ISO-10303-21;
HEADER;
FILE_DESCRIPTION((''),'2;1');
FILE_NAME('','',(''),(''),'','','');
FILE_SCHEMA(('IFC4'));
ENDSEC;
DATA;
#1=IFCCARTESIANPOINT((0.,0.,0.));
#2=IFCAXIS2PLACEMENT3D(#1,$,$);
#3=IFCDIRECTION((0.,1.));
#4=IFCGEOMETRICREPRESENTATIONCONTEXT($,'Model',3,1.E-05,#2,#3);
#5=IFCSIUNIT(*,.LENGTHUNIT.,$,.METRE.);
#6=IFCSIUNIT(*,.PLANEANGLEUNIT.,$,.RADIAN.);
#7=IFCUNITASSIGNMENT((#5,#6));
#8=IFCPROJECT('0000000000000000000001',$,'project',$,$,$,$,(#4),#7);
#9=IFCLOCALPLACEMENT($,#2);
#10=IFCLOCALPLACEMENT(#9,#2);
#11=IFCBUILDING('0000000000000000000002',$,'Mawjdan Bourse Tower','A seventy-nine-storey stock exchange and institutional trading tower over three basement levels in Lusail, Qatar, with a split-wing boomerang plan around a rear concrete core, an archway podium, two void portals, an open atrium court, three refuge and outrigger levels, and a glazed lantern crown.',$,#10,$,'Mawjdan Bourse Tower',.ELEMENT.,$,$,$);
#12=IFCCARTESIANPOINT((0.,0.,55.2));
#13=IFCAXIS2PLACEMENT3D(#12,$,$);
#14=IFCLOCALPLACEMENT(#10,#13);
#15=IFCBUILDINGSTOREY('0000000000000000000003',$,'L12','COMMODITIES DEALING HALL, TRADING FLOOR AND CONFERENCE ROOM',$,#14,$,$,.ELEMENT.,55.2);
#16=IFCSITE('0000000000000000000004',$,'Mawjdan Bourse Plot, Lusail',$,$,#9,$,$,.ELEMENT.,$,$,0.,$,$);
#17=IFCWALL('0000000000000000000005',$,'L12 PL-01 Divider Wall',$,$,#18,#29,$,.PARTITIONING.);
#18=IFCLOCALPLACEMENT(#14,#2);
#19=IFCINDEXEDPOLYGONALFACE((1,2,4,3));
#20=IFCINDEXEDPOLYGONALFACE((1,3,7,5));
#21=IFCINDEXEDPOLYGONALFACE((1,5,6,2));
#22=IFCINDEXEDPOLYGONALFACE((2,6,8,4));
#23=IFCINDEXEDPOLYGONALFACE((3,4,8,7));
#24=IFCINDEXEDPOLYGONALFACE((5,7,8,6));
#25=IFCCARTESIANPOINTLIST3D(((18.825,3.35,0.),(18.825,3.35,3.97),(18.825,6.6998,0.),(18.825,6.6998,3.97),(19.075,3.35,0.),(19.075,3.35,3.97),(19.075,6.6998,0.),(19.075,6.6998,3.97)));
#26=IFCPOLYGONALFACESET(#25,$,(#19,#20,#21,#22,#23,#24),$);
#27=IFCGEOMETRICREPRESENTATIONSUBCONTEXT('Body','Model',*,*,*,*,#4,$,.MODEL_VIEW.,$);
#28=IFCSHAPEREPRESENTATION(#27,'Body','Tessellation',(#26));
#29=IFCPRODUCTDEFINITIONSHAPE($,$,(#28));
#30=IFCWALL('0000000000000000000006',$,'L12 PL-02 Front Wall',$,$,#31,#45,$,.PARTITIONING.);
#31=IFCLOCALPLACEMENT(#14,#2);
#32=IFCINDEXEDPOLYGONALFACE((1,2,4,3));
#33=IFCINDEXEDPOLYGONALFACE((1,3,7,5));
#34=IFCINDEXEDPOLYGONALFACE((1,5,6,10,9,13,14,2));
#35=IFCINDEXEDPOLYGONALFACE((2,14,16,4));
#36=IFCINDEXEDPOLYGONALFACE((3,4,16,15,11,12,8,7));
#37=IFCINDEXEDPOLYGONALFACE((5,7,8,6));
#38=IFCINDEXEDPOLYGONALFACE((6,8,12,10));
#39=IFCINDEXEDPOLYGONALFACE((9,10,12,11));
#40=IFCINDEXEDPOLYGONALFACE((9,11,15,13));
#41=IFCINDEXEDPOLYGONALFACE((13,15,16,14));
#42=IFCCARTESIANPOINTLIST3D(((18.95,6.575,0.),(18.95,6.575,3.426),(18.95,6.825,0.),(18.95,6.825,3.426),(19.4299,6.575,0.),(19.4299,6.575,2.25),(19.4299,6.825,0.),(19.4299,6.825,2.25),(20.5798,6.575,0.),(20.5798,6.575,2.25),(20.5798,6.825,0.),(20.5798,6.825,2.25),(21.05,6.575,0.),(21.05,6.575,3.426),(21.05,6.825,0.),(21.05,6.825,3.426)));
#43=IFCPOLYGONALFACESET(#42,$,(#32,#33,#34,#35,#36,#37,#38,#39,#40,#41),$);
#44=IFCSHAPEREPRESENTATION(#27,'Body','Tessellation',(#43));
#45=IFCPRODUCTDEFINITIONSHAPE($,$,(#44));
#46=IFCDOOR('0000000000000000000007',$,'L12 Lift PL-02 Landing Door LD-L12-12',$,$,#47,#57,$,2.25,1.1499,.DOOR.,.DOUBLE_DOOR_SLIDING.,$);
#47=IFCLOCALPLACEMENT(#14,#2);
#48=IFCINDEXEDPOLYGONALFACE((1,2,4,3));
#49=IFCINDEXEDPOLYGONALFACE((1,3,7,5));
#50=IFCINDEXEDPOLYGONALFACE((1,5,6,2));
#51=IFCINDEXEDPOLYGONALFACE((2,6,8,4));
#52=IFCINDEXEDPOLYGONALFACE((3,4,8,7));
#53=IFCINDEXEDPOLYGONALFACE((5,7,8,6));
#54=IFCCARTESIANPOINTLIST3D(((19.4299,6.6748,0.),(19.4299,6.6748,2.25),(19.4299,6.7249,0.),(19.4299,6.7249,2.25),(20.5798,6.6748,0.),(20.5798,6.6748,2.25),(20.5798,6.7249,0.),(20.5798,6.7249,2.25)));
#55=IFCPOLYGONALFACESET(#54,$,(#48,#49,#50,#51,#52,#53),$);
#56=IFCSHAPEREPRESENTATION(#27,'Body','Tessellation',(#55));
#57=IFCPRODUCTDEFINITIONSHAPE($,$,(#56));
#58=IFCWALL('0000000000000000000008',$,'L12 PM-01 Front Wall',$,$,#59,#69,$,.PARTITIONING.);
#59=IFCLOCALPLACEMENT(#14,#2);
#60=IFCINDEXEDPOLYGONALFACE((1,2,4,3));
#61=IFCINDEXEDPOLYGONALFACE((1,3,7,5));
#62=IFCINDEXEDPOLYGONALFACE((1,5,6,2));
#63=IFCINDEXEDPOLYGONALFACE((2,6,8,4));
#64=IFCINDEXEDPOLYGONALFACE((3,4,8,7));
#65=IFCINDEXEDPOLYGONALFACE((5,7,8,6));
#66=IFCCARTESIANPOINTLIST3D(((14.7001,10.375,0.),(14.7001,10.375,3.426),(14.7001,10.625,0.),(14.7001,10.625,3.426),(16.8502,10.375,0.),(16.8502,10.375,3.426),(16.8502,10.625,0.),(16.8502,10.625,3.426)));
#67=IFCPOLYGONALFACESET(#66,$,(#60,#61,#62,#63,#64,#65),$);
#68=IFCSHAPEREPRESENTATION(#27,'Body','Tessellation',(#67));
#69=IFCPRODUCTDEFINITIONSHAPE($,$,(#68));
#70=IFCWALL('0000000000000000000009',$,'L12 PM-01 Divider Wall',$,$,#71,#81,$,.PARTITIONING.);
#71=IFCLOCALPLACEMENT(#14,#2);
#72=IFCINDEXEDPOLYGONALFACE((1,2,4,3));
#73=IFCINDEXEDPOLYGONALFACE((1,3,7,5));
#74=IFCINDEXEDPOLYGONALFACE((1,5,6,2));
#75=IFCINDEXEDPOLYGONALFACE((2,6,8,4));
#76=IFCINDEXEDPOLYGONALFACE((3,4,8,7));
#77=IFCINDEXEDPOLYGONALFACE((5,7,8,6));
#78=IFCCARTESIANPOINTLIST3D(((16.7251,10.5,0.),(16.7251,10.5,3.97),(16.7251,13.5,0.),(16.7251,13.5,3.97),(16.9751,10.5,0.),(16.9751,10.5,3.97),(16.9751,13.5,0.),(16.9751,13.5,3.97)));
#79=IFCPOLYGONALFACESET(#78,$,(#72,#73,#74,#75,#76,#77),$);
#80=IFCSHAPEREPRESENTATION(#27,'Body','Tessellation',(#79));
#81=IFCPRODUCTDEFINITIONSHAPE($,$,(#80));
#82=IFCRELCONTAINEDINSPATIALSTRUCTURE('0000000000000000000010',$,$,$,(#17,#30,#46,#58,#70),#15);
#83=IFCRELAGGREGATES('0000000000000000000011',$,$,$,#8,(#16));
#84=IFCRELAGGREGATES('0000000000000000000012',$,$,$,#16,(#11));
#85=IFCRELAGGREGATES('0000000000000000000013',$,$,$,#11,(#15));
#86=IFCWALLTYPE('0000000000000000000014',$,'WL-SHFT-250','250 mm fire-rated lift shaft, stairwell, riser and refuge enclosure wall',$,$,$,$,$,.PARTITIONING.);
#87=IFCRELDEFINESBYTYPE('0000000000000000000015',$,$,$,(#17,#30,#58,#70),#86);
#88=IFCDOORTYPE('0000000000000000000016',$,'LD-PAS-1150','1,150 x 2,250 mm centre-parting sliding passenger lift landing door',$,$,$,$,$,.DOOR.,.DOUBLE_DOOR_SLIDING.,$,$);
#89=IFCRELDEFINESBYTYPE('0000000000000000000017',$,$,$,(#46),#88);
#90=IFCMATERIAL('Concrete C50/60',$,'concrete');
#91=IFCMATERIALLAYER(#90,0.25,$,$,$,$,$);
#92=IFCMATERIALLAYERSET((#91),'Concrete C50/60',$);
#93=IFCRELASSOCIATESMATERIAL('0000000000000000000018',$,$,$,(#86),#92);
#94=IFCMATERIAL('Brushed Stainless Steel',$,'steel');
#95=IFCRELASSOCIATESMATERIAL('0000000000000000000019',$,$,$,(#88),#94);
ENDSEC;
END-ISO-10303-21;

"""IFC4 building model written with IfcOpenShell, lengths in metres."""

from ifc_helpers import new_model, si_unit, direction, frame, frame_2d, origin, place, context, subcontext, project, spatial, rectangle, extrude, material, layer, layer_set, type_object, element, fill, save


model = new_model("IFC4")

# Units and contexts
model_context = context("Model", 3, precision=1e-05, world=origin(), true_north=direction((0.0, 1.0)))
body_context = subcontext(model_context, "Body", "Model", "MODEL_VIEW")
ifc_project = project(units=[si_unit("LENGTHUNIT", "METRE"), si_unit("PLANEANGLEUNIT", "RADIAN")], contexts=[model_context])

# Site, building, storey
site_placement = place(None, origin())
site = spatial("IfcSite", under=ifc_project, at=site_placement, Name="Mawjdan Bourse Plot, Lusail", CompositionType="ELEMENT", RefElevation=0.0)
building_placement = place(site_placement, origin())
building = spatial("IfcBuilding", under=site, at=building_placement, Name="Mawjdan Bourse Tower", Description="A seventy-nine-storey stock exchange and institutional trading tower over three basement levels in Lusail, Qatar, with a split-wing boomerang plan around a rear concrete core, an archway podium, two void portals, an open atrium court, three refuge and outrigger levels, and a glazed lantern crown.", LongName="Mawjdan Bourse Tower", CompositionType="ELEMENT")
storey_placement = place(building_placement, frame((0.0, 0.0, 55.2)))
storey = spatial("IfcBuildingStorey", under=building, at=storey_placement, Name="L12", Description="COMMODITIES DEALING HALL, TRADING FLOOR AND CONFERENCE ROOM", CompositionType="ELEMENT", Elevation=55.2)

# Shared definitions
ifc_material_1 = material(Name="Concrete C50/60", Category="concrete")
ifc_layer = layer(ifc_material_1, 0.25)
ifc_layer_set = layer_set([ifc_layer], Name="Concrete C50/60")
wall_type = type_object("IfcWallType", Name="WL-SHFT-250", Description="250 mm fire-rated lift shaft, stairwell, riser and refuge enclosure wall", PredefinedType="PARTITIONING", material=ifc_layer_set)

# Shared definitions
ifc_material_2 = material(Name="Brushed Stainless Steel", Category="steel")

# Shared definitions
door_type_1 = type_object("IfcDoorType", Name="LD-PAS-1150", Description="1,150 x 2,250 mm centre-parting sliding passenger lift landing door", OperationType="DOUBLE_DOOR_SLIDING", PredefinedType="DOOR", material=ifc_material_2)

# Wall
wall_1_placement = place(storey_placement, frame((18.95, 3.3501, 0.0), z_axis=(0.0, 0.0, 1.0), x_axis=(0.0, 1.0, 0.0)))
element("IfcWall", 1, at=wall_1_placement, inside=storey, type_object=wall_type, Name="L12 PL-01 Divider Wall", PredefinedType="PARTITIONING", context=body_context, shape_type="SweptSolid", body=[
    extrude(rectangle(XDim=3.3499, YDim=0.25, at=frame_2d((1.6748, 0.0))), origin(), (0.0, 0.0, 1.0), 3.97),
])

# Wall, opening, door
wall_2_placement = place(storey_placement, frame((18.95, 6.7, 0.0), z_axis=(0.0, 0.0, 1.0), x_axis=(1.0, 0.0, 0.0)))
wall_2 = element("IfcWall", 2, at=wall_2_placement, inside=storey, type_object=wall_type, Name="L12 PL-02 Front Wall", PredefinedType="PARTITIONING", context=body_context, shape_type="SweptSolid", body=[
    extrude(rectangle(XDim=2.1001, YDim=0.25, at=frame_2d((1.05, 0.0))), origin(), (0.0, 0.0, 1.0), 3.426),
])
opening_1_placement = place(wall_2_placement, frame((0.48, 0.0, 0.0)))
opening_1 = element("IfcOpeningElement", 3, at=opening_1_placement, cuts=wall_2, PredefinedType="OPENING", context=body_context, shape_type="SweptSolid", body=[
    extrude(rectangle(XDim=1.1499, YDim=2.25, at=frame_2d((0.575, 1.125))), frame((0.0, 0.135, 0.0), z_axis=(0.0, -1.0, 0.0), x_axis=(1.0, 0.0, 0.0)), (0.0, 0.0, 1.0), 0.27),
])
door_1_placement = place(opening_1_placement, origin())
door_1 = element("IfcDoor", 4, at=door_1_placement, inside=storey, type_object=door_type_1, Name="L12 Lift PL-02 Landing Door LD-L12-12", OperationType="DOUBLE_DOOR_SLIDING", OverallHeight=2.25, OverallWidth=1.1499, PredefinedType="DOOR", context=body_context, shape_type="SweptSolid", body=[
    extrude(rectangle(XDim=1.1499, YDim=2.25, at=frame_2d((0.575, 1.125))), frame((0.0, 0.0249, 0.0), z_axis=(0.0, -1.0, 0.0), x_axis=(1.0, 0.0, 0.0)), (0.0, 0.0, 1.0), 0.05),
])
fill(opening_1, door_1)

# Walls
wall_3_placement = place(storey_placement, frame((14.7, 10.5, 0.0), z_axis=(0.0, 0.0, 1.0), x_axis=(1.0, 0.0, 0.0)))
element("IfcWall", 5, at=wall_3_placement, inside=storey, type_object=wall_type, Name="L12 PM-01 Front Wall", PredefinedType="PARTITIONING", context=body_context, shape_type="SweptSolid", body=[
    extrude(rectangle(XDim=2.1501, YDim=0.25, at=frame_2d((1.0752, 0.0))), origin(), (0.0, 0.0, 1.0), 3.426),
])
wall_4_placement = place(storey_placement, frame((16.8501, 10.5, 0.0), z_axis=(0.0, 0.0, 1.0), x_axis=(0.0, 1.0, 0.0)))
element("IfcWall", 6, at=wall_4_placement, inside=storey, type_object=wall_type, Name="L12 PM-01 Divider Wall", PredefinedType="PARTITIONING", context=body_context, shape_type="SweptSolid", body=[
    extrude(rectangle(XDim=3.0, YDim=0.25, at=frame_2d((1.5, 0.0))), origin(), (0.0, 0.0, 1.0), 3.97),
])

save(model, "model.ifc")
